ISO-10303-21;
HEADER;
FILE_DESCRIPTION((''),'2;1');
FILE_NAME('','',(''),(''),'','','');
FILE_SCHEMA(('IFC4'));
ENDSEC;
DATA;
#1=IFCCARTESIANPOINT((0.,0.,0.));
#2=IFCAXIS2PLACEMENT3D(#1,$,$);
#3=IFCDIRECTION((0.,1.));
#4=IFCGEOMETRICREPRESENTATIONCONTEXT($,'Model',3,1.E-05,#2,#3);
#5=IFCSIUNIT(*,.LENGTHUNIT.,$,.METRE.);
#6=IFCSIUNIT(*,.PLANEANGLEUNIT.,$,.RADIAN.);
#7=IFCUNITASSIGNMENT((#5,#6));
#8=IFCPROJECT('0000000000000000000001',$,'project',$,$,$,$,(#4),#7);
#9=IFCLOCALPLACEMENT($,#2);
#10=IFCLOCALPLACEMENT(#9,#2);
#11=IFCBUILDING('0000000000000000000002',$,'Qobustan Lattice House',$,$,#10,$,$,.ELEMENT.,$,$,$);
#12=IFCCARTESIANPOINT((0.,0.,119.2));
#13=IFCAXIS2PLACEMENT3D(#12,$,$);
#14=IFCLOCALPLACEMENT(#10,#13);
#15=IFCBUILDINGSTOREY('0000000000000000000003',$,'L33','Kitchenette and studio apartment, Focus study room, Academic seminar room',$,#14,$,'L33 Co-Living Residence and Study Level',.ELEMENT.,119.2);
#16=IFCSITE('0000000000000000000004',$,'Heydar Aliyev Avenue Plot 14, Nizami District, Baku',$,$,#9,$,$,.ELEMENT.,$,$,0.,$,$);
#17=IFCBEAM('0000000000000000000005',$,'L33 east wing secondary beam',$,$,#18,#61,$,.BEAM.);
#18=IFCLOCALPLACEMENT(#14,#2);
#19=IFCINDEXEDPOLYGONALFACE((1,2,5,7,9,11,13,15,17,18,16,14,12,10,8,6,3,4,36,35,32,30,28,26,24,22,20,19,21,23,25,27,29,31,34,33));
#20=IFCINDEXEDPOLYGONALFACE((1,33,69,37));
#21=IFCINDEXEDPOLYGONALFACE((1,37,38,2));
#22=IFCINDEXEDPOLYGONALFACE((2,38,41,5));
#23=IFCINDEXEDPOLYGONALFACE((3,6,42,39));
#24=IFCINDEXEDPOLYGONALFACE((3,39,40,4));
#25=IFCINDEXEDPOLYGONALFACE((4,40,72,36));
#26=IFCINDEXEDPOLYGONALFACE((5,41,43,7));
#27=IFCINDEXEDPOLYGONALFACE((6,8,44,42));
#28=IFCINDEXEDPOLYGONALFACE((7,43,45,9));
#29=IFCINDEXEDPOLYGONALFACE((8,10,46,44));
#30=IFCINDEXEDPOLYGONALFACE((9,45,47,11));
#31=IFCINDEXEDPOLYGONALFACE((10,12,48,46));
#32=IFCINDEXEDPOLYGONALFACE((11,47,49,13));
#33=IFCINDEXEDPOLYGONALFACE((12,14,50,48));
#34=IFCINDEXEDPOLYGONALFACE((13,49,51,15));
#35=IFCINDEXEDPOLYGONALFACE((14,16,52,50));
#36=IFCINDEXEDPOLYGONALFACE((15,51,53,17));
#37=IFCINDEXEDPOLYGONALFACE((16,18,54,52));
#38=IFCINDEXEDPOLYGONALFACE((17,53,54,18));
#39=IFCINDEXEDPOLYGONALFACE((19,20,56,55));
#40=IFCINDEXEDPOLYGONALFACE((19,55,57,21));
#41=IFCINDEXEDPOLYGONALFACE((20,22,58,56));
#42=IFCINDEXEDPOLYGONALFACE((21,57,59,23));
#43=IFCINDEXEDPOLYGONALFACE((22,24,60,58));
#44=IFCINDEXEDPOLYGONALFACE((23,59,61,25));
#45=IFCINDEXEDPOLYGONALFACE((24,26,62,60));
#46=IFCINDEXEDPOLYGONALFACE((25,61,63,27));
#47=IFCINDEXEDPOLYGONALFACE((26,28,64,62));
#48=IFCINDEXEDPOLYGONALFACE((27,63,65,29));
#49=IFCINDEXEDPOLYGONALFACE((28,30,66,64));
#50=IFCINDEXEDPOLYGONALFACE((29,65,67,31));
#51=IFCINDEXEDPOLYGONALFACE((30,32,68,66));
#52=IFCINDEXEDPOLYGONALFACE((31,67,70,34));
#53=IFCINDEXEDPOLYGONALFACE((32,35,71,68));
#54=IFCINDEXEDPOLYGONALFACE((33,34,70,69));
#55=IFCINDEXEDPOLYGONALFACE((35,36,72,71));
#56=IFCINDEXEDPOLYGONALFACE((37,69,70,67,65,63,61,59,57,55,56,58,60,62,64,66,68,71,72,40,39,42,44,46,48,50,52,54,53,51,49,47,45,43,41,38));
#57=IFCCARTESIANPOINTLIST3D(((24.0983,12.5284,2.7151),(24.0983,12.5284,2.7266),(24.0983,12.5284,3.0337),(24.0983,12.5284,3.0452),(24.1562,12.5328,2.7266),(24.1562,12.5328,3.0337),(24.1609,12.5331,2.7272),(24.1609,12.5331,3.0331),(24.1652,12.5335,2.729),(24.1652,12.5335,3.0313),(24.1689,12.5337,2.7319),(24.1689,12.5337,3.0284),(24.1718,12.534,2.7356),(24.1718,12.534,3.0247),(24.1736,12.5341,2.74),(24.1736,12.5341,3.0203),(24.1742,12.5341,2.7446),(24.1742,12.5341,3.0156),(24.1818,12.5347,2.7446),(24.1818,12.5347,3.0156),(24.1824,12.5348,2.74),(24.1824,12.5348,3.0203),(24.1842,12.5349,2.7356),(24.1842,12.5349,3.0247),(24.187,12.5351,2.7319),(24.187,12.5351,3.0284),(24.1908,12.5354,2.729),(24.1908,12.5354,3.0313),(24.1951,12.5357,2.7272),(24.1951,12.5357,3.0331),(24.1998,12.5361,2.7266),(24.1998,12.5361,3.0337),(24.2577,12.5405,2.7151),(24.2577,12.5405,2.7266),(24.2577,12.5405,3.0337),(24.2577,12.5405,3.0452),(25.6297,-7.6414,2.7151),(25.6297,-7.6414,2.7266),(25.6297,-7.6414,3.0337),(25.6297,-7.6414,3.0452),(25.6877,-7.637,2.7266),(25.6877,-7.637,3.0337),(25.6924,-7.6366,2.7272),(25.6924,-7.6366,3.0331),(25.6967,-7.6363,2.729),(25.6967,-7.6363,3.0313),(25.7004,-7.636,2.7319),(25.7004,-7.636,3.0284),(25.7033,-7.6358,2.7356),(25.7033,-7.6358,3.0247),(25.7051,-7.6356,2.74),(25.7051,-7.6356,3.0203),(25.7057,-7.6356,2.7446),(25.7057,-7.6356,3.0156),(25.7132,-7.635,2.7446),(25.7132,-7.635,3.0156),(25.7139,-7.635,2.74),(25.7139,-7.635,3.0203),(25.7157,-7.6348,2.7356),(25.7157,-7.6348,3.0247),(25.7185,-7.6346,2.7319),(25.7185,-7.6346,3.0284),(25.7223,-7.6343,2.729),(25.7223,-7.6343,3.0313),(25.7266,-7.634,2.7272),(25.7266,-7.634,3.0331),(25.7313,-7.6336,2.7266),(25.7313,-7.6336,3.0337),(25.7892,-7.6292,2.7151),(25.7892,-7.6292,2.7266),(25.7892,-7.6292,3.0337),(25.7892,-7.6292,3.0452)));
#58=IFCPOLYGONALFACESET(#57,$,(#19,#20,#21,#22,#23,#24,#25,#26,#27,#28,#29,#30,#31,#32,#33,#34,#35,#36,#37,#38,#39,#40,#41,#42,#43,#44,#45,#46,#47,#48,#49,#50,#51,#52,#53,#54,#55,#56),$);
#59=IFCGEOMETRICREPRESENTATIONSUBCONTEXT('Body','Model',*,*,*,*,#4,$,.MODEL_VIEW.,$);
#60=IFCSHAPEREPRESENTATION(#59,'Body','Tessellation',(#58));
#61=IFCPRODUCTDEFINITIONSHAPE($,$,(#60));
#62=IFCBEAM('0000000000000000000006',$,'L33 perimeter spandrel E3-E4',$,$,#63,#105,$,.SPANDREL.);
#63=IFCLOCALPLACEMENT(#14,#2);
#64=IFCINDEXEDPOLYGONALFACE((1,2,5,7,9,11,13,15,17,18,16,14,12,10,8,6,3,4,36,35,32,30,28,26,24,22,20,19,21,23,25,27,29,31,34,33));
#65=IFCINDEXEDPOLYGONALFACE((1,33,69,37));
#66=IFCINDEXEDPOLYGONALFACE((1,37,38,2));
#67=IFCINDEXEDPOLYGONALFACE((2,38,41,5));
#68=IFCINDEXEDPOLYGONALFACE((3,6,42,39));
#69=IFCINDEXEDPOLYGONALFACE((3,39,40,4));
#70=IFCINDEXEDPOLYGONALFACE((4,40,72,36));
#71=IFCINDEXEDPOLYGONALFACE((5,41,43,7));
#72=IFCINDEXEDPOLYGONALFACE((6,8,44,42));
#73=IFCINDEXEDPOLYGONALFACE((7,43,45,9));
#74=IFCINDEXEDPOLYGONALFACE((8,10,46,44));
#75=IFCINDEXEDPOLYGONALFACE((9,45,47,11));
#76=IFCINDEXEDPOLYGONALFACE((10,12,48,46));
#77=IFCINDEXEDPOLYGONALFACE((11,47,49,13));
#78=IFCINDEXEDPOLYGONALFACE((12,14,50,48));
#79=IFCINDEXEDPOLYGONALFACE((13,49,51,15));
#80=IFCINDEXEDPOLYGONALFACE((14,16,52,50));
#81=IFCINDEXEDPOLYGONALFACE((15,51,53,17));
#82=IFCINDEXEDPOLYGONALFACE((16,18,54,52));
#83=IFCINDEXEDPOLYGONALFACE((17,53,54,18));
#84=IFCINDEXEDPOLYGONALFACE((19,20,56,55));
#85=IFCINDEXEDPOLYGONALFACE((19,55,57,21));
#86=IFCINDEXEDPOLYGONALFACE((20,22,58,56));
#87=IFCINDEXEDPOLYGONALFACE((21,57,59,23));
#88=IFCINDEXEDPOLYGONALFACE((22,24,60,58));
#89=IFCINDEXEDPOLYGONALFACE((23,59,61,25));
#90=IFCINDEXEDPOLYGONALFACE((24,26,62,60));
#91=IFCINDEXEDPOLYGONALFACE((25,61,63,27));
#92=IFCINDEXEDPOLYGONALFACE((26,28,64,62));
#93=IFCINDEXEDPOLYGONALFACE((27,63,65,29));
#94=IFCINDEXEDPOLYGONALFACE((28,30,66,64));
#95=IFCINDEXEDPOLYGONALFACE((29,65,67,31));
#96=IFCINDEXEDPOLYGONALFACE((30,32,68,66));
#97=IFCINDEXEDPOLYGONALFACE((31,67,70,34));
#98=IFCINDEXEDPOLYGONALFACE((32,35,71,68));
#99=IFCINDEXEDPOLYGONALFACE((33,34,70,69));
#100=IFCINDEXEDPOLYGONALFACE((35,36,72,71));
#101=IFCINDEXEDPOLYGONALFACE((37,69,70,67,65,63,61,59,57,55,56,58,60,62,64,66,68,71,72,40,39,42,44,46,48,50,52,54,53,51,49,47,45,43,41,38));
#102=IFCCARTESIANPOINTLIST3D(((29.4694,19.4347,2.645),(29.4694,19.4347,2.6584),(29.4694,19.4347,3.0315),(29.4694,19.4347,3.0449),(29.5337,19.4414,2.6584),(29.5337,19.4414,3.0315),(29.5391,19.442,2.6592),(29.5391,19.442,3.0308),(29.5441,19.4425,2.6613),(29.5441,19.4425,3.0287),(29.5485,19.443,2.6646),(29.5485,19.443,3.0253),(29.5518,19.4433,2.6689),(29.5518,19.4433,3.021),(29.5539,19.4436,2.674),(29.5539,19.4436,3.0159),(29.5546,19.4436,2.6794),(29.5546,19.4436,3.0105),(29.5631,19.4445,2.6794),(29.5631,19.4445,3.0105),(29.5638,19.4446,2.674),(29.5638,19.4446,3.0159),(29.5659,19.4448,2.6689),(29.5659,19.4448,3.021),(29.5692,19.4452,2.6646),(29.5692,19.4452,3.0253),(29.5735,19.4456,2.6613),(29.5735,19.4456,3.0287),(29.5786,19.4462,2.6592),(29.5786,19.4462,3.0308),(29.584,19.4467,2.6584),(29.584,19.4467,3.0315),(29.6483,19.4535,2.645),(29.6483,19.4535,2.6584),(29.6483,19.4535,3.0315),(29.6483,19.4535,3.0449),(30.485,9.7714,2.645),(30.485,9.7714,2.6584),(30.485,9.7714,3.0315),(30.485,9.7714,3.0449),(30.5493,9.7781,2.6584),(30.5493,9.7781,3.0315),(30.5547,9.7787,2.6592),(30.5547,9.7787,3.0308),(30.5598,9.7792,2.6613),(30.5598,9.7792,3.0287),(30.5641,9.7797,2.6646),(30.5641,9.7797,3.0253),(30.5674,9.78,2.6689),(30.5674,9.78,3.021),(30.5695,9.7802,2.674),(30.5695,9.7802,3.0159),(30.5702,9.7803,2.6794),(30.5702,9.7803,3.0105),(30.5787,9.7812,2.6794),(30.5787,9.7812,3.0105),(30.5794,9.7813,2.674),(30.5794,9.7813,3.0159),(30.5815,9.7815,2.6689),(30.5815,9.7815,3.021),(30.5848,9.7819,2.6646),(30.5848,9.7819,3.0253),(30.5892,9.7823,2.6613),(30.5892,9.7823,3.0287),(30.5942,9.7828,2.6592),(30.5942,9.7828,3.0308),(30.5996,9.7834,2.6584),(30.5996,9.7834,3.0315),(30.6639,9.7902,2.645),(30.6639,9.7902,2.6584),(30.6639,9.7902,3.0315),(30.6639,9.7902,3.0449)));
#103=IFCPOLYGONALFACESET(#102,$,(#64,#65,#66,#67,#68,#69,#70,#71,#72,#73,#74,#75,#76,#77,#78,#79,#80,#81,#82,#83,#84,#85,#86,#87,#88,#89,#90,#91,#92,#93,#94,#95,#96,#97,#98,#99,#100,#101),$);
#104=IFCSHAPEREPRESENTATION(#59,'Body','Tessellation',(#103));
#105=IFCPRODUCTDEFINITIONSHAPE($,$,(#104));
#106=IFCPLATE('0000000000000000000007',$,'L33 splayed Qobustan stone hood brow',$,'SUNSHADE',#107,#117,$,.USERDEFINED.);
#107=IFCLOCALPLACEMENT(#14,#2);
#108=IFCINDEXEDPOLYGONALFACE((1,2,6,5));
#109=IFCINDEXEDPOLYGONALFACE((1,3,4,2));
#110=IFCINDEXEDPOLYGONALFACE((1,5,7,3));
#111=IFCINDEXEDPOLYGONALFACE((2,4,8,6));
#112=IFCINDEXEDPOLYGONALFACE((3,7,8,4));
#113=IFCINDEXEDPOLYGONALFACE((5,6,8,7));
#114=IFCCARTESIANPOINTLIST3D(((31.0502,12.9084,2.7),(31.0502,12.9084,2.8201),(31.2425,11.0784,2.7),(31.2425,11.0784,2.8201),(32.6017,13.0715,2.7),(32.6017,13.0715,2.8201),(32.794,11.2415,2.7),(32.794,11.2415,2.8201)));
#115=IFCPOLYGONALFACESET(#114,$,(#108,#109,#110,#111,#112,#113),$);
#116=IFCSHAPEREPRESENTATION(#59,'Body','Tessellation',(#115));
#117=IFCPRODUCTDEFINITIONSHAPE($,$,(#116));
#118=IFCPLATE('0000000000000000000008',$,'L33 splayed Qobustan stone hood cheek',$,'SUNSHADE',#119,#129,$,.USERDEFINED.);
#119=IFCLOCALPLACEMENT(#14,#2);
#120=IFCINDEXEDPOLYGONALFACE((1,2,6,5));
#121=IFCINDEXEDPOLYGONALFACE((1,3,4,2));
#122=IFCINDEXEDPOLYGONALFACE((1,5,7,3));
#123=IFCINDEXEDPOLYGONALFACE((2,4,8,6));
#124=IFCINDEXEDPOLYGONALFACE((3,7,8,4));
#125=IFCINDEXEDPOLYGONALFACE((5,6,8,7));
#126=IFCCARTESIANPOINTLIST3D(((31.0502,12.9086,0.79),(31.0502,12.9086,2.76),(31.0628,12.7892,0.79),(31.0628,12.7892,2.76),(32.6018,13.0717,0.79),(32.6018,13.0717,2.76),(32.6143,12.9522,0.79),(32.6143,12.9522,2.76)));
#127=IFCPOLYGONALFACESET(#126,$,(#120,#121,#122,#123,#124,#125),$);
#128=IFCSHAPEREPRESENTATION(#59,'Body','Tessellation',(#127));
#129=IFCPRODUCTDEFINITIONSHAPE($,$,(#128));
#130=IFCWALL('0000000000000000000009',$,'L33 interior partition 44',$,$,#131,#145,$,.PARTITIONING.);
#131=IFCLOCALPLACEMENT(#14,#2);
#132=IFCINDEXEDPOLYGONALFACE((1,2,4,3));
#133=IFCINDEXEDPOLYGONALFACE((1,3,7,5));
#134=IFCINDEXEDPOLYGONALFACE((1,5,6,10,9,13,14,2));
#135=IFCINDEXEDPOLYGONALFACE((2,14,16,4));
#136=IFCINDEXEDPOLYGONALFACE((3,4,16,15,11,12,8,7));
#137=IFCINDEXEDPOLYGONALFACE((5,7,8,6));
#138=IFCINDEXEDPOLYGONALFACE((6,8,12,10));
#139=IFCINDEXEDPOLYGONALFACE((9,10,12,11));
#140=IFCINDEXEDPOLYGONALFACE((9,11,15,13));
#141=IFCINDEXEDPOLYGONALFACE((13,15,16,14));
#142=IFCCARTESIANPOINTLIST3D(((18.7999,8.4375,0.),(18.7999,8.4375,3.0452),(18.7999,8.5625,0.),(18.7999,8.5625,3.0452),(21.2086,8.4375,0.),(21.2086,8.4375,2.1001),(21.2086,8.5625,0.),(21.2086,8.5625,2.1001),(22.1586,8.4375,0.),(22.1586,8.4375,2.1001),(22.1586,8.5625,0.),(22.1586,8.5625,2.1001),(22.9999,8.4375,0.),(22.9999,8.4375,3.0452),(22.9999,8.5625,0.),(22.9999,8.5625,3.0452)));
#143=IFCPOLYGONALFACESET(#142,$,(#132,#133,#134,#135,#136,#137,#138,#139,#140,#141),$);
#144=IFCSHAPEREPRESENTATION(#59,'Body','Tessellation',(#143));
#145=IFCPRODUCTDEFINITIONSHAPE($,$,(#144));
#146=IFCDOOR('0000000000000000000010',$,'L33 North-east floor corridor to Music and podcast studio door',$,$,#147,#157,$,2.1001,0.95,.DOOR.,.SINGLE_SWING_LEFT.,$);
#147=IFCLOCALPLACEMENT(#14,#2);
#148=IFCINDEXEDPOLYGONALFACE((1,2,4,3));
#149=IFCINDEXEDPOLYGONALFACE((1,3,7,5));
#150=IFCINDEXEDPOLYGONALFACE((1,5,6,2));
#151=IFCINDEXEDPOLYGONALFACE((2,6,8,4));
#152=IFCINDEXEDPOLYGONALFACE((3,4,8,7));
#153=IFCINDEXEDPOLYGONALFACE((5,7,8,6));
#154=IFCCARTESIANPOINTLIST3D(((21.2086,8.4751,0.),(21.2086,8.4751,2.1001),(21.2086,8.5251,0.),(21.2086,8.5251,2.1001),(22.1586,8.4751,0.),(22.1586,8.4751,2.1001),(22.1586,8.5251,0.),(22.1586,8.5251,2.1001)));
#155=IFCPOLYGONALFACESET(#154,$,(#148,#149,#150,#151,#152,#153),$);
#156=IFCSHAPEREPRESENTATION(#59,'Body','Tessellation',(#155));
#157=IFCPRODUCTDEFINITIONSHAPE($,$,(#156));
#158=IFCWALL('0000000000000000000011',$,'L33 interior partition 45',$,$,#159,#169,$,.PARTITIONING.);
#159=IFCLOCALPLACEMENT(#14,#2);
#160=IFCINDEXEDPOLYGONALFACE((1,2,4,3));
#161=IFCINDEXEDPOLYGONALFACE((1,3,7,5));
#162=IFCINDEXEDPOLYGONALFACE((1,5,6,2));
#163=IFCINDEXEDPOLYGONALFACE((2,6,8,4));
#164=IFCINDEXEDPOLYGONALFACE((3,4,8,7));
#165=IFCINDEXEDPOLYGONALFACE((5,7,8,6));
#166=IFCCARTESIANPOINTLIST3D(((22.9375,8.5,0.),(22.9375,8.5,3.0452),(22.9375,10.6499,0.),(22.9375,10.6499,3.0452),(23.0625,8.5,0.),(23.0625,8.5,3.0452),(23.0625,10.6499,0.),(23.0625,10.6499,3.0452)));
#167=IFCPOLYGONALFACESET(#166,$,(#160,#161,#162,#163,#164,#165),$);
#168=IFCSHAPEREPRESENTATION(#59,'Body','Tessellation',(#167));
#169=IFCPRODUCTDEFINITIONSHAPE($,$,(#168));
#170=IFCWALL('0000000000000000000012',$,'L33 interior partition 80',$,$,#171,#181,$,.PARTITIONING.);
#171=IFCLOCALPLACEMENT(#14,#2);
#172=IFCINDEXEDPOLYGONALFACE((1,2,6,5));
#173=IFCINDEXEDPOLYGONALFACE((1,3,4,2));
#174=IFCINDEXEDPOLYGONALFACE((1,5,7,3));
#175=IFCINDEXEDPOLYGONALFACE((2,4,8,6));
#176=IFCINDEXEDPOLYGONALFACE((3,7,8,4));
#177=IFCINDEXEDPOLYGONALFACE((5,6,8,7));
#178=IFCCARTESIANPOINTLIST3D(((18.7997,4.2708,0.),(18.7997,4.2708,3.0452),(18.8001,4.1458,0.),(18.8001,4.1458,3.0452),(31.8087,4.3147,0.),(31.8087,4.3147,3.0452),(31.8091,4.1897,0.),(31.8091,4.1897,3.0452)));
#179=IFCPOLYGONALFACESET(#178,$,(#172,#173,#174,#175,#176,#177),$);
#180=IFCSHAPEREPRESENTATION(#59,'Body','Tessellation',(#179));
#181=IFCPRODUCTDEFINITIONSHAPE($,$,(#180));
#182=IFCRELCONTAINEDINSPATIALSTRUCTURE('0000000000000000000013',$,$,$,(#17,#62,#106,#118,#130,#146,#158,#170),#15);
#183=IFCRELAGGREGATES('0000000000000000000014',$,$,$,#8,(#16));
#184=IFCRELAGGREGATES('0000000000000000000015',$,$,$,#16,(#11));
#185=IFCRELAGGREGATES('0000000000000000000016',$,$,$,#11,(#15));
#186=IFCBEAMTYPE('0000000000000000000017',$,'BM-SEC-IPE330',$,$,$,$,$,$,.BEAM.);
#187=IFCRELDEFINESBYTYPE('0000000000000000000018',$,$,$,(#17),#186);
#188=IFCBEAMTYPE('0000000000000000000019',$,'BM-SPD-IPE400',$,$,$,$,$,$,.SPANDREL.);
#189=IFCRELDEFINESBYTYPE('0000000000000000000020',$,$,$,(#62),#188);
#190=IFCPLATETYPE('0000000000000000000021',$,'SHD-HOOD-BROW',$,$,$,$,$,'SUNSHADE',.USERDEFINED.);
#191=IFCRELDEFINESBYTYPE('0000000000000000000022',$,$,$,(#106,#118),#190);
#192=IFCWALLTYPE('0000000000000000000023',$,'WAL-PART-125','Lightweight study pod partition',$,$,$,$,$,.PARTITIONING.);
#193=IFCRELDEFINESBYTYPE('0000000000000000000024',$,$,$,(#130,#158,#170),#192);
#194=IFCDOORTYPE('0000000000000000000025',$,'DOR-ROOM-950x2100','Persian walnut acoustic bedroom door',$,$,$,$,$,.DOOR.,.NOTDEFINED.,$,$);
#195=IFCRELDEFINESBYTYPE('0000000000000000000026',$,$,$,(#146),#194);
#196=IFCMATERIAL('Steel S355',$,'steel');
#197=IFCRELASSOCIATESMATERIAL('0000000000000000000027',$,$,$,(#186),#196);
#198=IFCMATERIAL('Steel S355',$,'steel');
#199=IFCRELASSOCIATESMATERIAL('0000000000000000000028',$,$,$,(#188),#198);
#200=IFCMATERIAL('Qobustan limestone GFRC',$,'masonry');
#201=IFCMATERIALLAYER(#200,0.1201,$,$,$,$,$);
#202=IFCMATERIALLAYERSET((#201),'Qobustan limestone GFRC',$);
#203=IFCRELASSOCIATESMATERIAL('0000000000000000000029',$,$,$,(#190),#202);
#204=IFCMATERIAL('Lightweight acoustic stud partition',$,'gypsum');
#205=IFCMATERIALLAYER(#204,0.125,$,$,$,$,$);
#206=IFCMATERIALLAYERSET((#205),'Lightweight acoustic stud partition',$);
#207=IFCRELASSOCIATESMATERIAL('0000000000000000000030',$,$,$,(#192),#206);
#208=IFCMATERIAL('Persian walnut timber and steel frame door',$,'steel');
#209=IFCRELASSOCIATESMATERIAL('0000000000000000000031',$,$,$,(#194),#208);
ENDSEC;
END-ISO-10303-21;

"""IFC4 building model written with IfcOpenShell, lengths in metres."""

from ifc_helpers import new_model, si_unit, direction, frame, frame_2d, origin, origin_2d, place, context, subcontext, project, spatial, rectangle, i_section, extrude, material, layer, layer_set, material_profile, profile_set, type_object, element, fill, save


model = new_model("IFC4")

# Units and contexts
model_context = context("Model", 3, precision=1e-05, world=origin(), true_north=direction((0.0, 1.0)))
body_context = subcontext(model_context, "Body", "Model", "MODEL_VIEW")
ifc_project = project(units=[si_unit("LENGTHUNIT", "METRE"), si_unit("PLANEANGLEUNIT", "RADIAN")], contexts=[model_context])

# Site, building, storey
site_placement = place(None, origin())
site = spatial("IfcSite", under=ifc_project, at=site_placement, Name="Heydar Aliyev Avenue Plot 14, Nizami District, Baku", CompositionType="ELEMENT", RefElevation=0.0)
building_placement = place(site_placement, origin())
building = spatial("IfcBuilding", under=site, at=building_placement, Name="Qobustan Lattice House", CompositionType="ELEMENT")
storey_placement = place(building_placement, frame((0.0, 0.0, 119.2)))
storey = spatial("IfcBuildingStorey", under=building, at=storey_placement, Name="L33", Description="Kitchenette and studio apartment, Focus study room, Academic seminar room", LongName="L33 Co-Living Residence and Study Level", CompositionType="ELEMENT", Elevation=119.2)

# Beams
ifc_material_1 = material(Name="Steel S355", Category="steel")
ifc_material_profile_1 = material_profile(ifc_material_1, i_section(OverallWidth=0.1599, OverallDepth=0.3301, WebThickness=0.0076, FlangeThickness=0.0115, FilletRadius=0.0181, at=origin_2d()), Name="IPE330")
ifc_profile_set_1 = profile_set([ifc_material_profile_1], Name="Steel S355")
beam_type_1 = type_object("IfcBeamType", Name="BM-SEC-IPE330", PredefinedType="BEAM", material=ifc_profile_set_1)
beam_1_placement = place(storey_placement, frame((24.178, 12.5344, 2.8801), z_axis=(0.075713, -0.99713, 0.0), x_axis=(0.99713, 0.075713, 0.0)))
element("IfcBeam", 1, at=beam_1_placement, inside=storey, type_object=beam_type_1, Name="L33 east wing secondary beam", PredefinedType="BEAM", context=body_context, shape_type="SweptSolid", body=[
    extrude(i_section(OverallWidth=0.1599, OverallDepth=0.3301, WebThickness=0.0076, FlangeThickness=0.0115, FilletRadius=0.0181, at=origin_2d()), origin(), (0.0, 0.0, 1.0), 20.2278),
])
ifc_material_2 = material(Name="Steel S355", Category="steel")
ifc_material_profile_2 = material_profile(ifc_material_2, i_section(OverallWidth=0.1799, OverallDepth=0.3999, WebThickness=0.0085, FlangeThickness=0.0134, FilletRadius=0.021, at=origin_2d()), Name="IPE400")
ifc_profile_set_2 = profile_set([ifc_material_profile_2], Name="Steel S355")
beam_type_2 = type_object("IfcBeamType", Name="BM-SPD-IPE400", PredefinedType="SPANDREL", material=ifc_profile_set_2)
beam_2_placement = place(storey_placement, frame((30.5745, 9.7808, 2.845), z_axis=(-0.104525, 0.994522, 0.0), x_axis=(-0.994522, -0.104525, 0.0)))
element("IfcBeam", 2, at=beam_2_placement, inside=storey, type_object=beam_type_2, Name="L33 perimeter spandrel E3-E4", PredefinedType="SPANDREL", context=body_context, shape_type="SweptSolid", body=[
    extrude(i_section(OverallWidth=0.1799, OverallDepth=0.3999, WebThickness=0.0085, FlangeThickness=0.0134, FilletRadius=0.021, at=origin_2d()), origin(), (0.0, 0.0, 1.0), 9.7166),
])

# Plates
ifc_material_3 = material(Name="Qobustan limestone GFRC", Category="masonry")
ifc_layer_1 = layer(ifc_material_3, 0.1201)
ifc_layer_set_1 = layer_set([ifc_layer_1], Name="Qobustan limestone GFRC")
plate_type = type_object("IfcPlateType", Name="SHD-HOOD-BROW", ElementType="SUNSHADE", PredefinedType="USERDEFINED", material=ifc_layer_set_1)
plate_1_placement = place(storey_placement, frame((31.9221, 12.075, 2.7), z_axis=(0.0, 0.0, 1.0), x_axis=(0.104528, -0.994522, 0.0)))
element("IfcPlate", 3, at=plate_1_placement, inside=storey, type_object=plate_type, Name="L33 splayed Qobustan stone hood brow", ObjectType="SUNSHADE", PredefinedType="USERDEFINED", context=body_context, shape_type="SweptSolid", body=[
    extrude(rectangle(XDim=1.8401, YDim=1.5601, at=origin_2d()), origin(), (0.0, 0.0, 1.0), 0.1201),
])
plate_2_placement = place(storey_placement, frame((31.8323, 12.9304, 0.79), z_axis=(0.0, 0.0, 1.0), x_axis=(0.104528, -0.994522, 0.0)))
element("IfcPlate", 4, at=plate_2_placement, inside=storey, type_object=plate_type, Name="L33 splayed Qobustan stone hood cheek", ObjectType="SUNSHADE", PredefinedType="USERDEFINED", context=body_context, shape_type="SweptSolid", body=[
    extrude(rectangle(XDim=0.1201, YDim=1.5601, at=origin_2d()), origin(), (0.0, 0.0, 1.0), 1.97),
])

# Wall, opening, door
ifc_material_4 = material(Name="Lightweight acoustic stud partition", Category="gypsum")
ifc_layer_2 = layer(ifc_material_4, 0.125)
ifc_layer_set_2 = layer_set([ifc_layer_2], Name="Lightweight acoustic stud partition")
wall_type_1 = type_object("IfcWallType", Name="WAL-PART-125", Description="Lightweight study pod partition", PredefinedType="PARTITIONING", material=ifc_layer_set_2)
wall_1_placement = place(storey_placement, frame((23.0, 8.5, 0.0), z_axis=(0.0, 0.0, 1.0), x_axis=(-1.0, 0.0, 0.0)))
wall_1 = element("IfcWall", 5, at=wall_1_placement, inside=storey, type_object=wall_type_1, Name="L33 interior partition 44", PredefinedType="PARTITIONING", context=body_context, shape_type="SweptSolid", body=[
    extrude(rectangle(XDim=4.2, YDim=0.125, at=frame_2d((2.1001, 0.0))), origin(), (0.0, 0.0, 1.0), 3.0452),
])
opening_1_placement = place(wall_1_placement, frame((0.8413, 0.0, 0.0)))
opening_1 = element("IfcOpeningElement", 6, at=opening_1_placement, cuts=wall_1, PredefinedType="OPENING", context=body_context, shape_type="SweptSolid", body=[
    extrude(rectangle(XDim=0.95, YDim=2.1001, at=frame_2d((0.4751, 1.05))), frame((0.0, 0.0725, 0.0), z_axis=(0.0, -1.0, 0.0), x_axis=(1.0, 0.0, 0.0)), (0.0, 0.0, 1.0), 0.145),
])
ifc_material_5 = material(Name="Persian walnut timber and steel frame door", Category="steel")
door_type_1 = type_object("IfcDoorType", Name="DOR-ROOM-950x2100", Description="Persian walnut acoustic bedroom door", OperationType="NOTDEFINED", PredefinedType="DOOR", material=ifc_material_5)
door_1_placement = place(opening_1_placement, origin())
door_1 = element("IfcDoor", 7, at=door_1_placement, inside=storey, type_object=door_type_1, Name="L33 North-east floor corridor to Music and podcast studio door", OperationType="SINGLE_SWING_LEFT", OverallHeight=2.1001, OverallWidth=0.95, PredefinedType="DOOR", context=body_context, shape_type="SweptSolid", body=[
    extrude(rectangle(XDim=0.95, YDim=2.1001, at=frame_2d((0.4751, 1.05))), frame((0.0, 0.0249, 0.0), z_axis=(0.0, -1.0, 0.0), x_axis=(1.0, 0.0, 0.0)), (0.0, 0.0, 1.0), 0.05),
])
fill(opening_1, door_1)

# Walls
wall_2_placement = place(storey_placement, frame((23.0, 10.6499, 0.0), z_axis=(0.0, 0.0, 1.0), x_axis=(0.0, -1.0, 0.0)))
element("IfcWall", 8, at=wall_2_placement, inside=storey, type_object=wall_type_1, Name="L33 interior partition 45", PredefinedType="PARTITIONING", context=body_context, shape_type="SweptSolid", body=[
    extrude(rectangle(XDim=2.1499, YDim=0.125, at=frame_2d((1.075, 0.0))), origin(), (0.0, 0.0, 1.0), 3.0452),
])
wall_3_placement = place(storey_placement, frame((18.8, 4.2083, 0.0), z_axis=(0.0, 0.0, 1.0), x_axis=(0.999994, 0.003378, 0.0)))
element("IfcWall", 9, at=wall_3_placement, inside=storey, type_object=wall_type_1, Name="L33 interior partition 80", PredefinedType="PARTITIONING", context=body_context, shape_type="SweptSolid", body=[
    extrude(rectangle(XDim=13.009, YDim=0.125, at=frame_2d((6.5044, 0.0))), origin(), (0.0, 0.0, 1.0), 3.0452),
])

save(model, "model.ifc")
